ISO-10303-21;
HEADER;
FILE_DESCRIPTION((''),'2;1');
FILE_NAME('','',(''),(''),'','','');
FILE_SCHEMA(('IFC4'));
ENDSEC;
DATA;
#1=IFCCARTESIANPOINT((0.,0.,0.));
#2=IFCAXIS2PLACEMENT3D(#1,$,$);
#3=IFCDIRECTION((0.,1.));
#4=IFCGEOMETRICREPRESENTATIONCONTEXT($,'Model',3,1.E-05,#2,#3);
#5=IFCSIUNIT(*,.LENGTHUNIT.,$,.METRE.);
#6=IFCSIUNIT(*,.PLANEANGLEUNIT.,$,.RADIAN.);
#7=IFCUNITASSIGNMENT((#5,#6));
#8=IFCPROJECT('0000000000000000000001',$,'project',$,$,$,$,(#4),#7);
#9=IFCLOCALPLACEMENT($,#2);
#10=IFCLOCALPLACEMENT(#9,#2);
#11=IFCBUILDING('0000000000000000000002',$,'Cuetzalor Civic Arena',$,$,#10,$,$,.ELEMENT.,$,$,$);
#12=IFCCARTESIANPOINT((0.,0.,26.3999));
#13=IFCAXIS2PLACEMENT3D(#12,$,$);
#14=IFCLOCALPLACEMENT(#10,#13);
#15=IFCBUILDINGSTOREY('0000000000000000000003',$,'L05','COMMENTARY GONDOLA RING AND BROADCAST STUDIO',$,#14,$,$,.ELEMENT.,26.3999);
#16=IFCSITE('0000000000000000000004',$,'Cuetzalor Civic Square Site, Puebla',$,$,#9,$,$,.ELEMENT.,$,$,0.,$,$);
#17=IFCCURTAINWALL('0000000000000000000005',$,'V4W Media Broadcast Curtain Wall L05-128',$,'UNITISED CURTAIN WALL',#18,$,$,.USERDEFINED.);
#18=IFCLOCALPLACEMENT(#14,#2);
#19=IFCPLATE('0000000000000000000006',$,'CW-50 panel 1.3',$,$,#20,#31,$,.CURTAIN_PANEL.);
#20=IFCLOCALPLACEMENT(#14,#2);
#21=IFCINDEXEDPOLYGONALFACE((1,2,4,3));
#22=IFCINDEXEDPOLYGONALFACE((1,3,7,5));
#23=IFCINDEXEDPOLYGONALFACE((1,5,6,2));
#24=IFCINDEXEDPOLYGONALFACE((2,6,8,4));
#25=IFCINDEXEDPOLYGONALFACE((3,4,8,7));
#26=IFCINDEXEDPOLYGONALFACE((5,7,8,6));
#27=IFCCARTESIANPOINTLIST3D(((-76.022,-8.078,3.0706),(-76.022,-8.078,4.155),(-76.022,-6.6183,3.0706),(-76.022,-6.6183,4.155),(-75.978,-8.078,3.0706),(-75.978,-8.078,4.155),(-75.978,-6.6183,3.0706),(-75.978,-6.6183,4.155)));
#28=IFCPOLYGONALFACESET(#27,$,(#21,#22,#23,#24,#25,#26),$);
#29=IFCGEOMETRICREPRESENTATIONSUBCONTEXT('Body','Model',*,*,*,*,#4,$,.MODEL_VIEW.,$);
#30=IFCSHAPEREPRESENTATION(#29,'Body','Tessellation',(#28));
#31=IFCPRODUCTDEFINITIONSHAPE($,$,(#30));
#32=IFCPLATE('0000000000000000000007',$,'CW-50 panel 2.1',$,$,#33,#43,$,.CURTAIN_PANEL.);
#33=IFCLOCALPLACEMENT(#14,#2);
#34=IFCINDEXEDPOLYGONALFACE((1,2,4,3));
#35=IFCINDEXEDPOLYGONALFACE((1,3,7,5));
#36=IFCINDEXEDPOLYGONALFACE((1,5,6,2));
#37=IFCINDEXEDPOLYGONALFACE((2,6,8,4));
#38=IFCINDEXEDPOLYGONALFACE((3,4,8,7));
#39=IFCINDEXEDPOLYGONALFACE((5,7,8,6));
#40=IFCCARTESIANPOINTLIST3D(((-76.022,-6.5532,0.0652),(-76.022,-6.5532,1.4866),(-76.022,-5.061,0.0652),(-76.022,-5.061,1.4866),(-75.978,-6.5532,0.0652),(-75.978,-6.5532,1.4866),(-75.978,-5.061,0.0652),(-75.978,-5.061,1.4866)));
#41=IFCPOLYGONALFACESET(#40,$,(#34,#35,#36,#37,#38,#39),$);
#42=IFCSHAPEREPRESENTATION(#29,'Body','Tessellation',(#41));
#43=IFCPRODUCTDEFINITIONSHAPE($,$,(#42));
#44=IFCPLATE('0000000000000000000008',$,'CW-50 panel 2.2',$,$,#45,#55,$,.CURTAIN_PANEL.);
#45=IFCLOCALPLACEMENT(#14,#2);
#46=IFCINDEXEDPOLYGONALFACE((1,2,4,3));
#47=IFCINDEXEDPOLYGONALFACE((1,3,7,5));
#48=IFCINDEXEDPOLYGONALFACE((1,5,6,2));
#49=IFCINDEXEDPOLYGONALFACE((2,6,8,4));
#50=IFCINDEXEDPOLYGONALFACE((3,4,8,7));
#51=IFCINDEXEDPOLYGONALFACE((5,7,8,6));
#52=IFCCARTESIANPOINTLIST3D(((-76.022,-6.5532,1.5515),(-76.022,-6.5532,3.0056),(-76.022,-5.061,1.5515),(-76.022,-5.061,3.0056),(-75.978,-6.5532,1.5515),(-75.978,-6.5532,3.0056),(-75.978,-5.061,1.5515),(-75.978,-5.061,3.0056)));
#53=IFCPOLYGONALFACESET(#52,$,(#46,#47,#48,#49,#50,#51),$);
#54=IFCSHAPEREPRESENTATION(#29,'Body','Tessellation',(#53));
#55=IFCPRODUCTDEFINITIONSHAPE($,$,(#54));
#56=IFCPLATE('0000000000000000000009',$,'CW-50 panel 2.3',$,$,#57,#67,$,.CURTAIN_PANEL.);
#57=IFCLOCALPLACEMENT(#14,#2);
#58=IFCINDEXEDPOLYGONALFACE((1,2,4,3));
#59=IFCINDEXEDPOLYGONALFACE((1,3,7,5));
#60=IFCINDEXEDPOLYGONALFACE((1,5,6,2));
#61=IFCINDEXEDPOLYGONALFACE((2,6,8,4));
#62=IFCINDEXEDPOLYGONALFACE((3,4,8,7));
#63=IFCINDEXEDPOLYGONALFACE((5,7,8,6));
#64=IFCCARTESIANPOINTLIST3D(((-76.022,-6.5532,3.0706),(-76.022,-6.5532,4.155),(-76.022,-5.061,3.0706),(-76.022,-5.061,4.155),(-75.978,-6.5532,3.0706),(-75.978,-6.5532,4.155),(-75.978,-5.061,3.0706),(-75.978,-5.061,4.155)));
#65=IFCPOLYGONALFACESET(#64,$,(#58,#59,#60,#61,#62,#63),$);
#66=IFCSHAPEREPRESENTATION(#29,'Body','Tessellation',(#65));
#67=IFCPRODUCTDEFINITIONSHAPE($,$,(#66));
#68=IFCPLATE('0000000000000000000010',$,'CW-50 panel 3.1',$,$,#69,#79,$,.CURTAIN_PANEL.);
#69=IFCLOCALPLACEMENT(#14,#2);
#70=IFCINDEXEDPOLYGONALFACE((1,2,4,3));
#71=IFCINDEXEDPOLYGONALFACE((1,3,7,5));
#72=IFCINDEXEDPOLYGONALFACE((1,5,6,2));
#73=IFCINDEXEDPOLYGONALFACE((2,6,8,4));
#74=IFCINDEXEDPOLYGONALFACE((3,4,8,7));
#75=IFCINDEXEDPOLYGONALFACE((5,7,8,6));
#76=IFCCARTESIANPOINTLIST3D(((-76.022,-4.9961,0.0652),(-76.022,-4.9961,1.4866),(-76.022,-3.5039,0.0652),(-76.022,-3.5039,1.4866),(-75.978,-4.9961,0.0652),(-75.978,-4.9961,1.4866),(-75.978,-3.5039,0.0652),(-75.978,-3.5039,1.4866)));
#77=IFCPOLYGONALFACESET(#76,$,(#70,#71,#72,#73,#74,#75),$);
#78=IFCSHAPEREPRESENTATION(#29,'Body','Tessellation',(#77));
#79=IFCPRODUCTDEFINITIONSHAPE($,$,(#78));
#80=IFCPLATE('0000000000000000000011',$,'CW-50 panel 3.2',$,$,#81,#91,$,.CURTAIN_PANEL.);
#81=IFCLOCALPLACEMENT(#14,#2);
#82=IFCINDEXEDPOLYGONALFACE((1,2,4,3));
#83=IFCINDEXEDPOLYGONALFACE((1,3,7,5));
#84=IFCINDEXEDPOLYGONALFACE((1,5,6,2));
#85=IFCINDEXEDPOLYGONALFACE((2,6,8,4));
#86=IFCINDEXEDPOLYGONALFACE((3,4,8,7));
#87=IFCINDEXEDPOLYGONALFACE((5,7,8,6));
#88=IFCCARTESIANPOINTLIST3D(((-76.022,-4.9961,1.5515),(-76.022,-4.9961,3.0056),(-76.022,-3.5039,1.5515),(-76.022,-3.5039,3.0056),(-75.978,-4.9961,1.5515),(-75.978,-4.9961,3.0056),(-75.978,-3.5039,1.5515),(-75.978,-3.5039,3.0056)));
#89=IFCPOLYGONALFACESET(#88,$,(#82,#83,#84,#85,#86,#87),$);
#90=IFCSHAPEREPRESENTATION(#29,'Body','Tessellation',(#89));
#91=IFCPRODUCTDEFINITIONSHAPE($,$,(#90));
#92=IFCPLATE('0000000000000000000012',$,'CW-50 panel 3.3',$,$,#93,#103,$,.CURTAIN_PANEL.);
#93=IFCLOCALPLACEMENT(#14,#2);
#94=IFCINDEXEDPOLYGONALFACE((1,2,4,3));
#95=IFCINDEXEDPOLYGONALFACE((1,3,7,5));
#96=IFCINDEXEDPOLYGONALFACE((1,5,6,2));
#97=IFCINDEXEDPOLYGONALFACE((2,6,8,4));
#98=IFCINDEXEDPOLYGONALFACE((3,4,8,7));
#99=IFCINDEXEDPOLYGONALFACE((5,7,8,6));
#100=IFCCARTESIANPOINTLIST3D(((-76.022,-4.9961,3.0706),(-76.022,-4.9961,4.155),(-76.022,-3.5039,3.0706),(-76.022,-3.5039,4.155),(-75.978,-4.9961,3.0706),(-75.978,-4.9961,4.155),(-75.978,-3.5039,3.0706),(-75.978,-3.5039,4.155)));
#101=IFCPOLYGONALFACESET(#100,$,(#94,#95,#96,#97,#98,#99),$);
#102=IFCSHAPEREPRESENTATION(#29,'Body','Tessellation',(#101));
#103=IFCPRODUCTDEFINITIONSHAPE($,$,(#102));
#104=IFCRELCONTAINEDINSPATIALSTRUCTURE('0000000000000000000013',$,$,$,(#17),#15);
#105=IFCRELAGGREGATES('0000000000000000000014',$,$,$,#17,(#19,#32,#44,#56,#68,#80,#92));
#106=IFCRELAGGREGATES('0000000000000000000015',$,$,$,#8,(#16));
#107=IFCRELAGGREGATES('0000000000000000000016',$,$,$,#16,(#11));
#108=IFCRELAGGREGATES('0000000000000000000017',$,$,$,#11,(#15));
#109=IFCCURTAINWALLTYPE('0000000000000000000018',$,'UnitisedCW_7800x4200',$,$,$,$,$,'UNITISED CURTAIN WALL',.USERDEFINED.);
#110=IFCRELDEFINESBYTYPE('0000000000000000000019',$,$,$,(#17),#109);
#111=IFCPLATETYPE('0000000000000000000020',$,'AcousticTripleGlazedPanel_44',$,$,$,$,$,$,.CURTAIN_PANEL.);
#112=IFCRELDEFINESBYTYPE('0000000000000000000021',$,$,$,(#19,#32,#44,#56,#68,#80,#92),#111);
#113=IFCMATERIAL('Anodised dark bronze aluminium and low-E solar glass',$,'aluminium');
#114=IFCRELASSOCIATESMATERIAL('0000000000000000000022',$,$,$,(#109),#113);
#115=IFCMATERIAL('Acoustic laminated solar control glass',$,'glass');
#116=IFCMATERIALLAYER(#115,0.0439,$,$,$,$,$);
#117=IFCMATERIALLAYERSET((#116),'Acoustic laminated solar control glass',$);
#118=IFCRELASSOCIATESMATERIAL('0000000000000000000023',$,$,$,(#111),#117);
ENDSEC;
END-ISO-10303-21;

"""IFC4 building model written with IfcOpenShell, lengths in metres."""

from ifc_helpers import new_model, si_unit, direction, frame, origin, origin_2d, place, context, subcontext, project, spatial, rectangle, extrude, material, layer, layer_set, type_object, element, aggregate, save


model = new_model("IFC4")

# Units and contexts
model_context = context("Model", 3, precision=1e-05, world=origin(), true_north=direction((0.0, 1.0)))
body_context = subcontext(model_context, "Body", "Model", "MODEL_VIEW")
ifc_project = project(units=[si_unit("LENGTHUNIT", "METRE"), si_unit("PLANEANGLEUNIT", "RADIAN")], contexts=[model_context])

# Site, building, storey
site_placement = place(None, origin())
site = spatial("IfcSite", under=ifc_project, at=site_placement, Name="Cuetzalor Civic Square Site, Puebla", CompositionType="ELEMENT", RefElevation=0.0)
building_placement = place(site_placement, origin())
building = spatial("IfcBuilding", under=site, at=building_placement, Name="Cuetzalor Civic Arena", CompositionType="ELEMENT")
storey_placement = place(building_placement, frame((0.0, 0.0, 26.3999)))
storey = spatial("IfcBuildingStorey", under=building, at=storey_placement, Name="L05", Description="COMMENTARY GONDOLA RING AND BROADCAST STUDIO", CompositionType="ELEMENT", Elevation=26.3999)

# Curtain wall, plates
ifc_material_1 = material(Name="Anodised dark bronze aluminium and low-E solar glass", Category="aluminium")
curtain_wall_type = type_object("IfcCurtainWallType", Name="UnitisedCW_7800x4200", ElementType="UNITISED CURTAIN WALL", PredefinedType="USERDEFINED", material=ifc_material_1)
curtain_wall_placement = place(storey_placement, origin())
curtain_wall = element("IfcCurtainWall", 1, at=curtain_wall_placement, inside=storey, type_object=curtain_wall_type, Name="V4W Media Broadcast Curtain Wall L05-128", ObjectType="UNITISED CURTAIN WALL", PredefinedType="USERDEFINED")
ifc_material_2 = material(Name="Acoustic laminated solar control glass", Category="glass")
ifc_layer = layer(ifc_material_2, 0.0439)
ifc_layer_set = layer_set([ifc_layer], Name="Acoustic laminated solar control glass")
plate_type = type_object("IfcPlateType", Name="AcousticTripleGlazedPanel_44", PredefinedType="CURTAIN_PANEL", material=ifc_layer_set)
plate_1_placement = place(storey_placement, frame((-76.0, -7.3481, 3.0706), z_axis=(0.0, 0.0, 1.0), x_axis=(0.0, 1.0, 0.0)))
plate_1 = element("IfcPlate", 2, at=plate_1_placement, type_object=plate_type, Name="CW-50 panel 1.3", PredefinedType="CURTAIN_PANEL", context=body_context, shape_type="SweptSolid", body=[
    extrude(rectangle(XDim=1.4597, YDim=0.0439, at=origin_2d()), origin(), (0.0, 0.0, 1.0), 1.0845),
])
plate_2_placement = place(storey_placement, frame((-76.0, -5.8071, 0.0652), z_axis=(0.0, 0.0, 1.0), x_axis=(0.0, 1.0, 0.0)))
plate_2 = element("IfcPlate", 3, at=plate_2_placement, type_object=plate_type, Name="CW-50 panel 2.1", PredefinedType="CURTAIN_PANEL", context=body_context, shape_type="SweptSolid", body=[
    extrude(rectangle(XDim=1.4922, YDim=0.0439, at=origin_2d()), origin(), (0.0, 0.0, 1.0), 1.4214),
])
plate_3_placement = place(storey_placement, frame((-76.0, -5.8071, 1.5515), z_axis=(0.0, 0.0, 1.0), x_axis=(0.0, 1.0, 0.0)))
plate_3 = element("IfcPlate", 4, at=plate_3_placement, type_object=plate_type, Name="CW-50 panel 2.2", PredefinedType="CURTAIN_PANEL", context=body_context, shape_type="SweptSolid", body=[
    extrude(rectangle(XDim=1.4922, YDim=0.0439, at=origin_2d()), origin(), (0.0, 0.0, 1.0), 1.4541),
])
plate_4_placement = place(storey_placement, frame((-76.0, -5.8071, 3.0706), z_axis=(0.0, 0.0, 1.0), x_axis=(0.0, 1.0, 0.0)))
plate_4 = element("IfcPlate", 5, at=plate_4_placement, type_object=plate_type, Name="CW-50 panel 2.3", PredefinedType="CURTAIN_PANEL", context=body_context, shape_type="SweptSolid", body=[
    extrude(rectangle(XDim=1.4922, YDim=0.0439, at=origin_2d()), origin(), (0.0, 0.0, 1.0), 1.0845),
])
plate_5_placement = place(storey_placement, frame((-76.0, -4.25, 0.0652), z_axis=(0.0, 0.0, 1.0), x_axis=(0.0, 1.0, 0.0)))
plate_5 = element("IfcPlate", 6, at=plate_5_placement, type_object=plate_type, Name="CW-50 panel 3.1", PredefinedType="CURTAIN_PANEL", context=body_context, shape_type="SweptSolid", body=[
    extrude(rectangle(XDim=1.4922, YDim=0.0439, at=origin_2d()), origin(), (0.0, 0.0, 1.0), 1.4214),
])
plate_6_placement = place(storey_placement, frame((-76.0, -4.25, 1.5515), z_axis=(0.0, 0.0, 1.0), x_axis=(0.0, 1.0, 0.0)))
plate_6 = element("IfcPlate", 7, at=plate_6_placement, type_object=plate_type, Name="CW-50 panel 3.2", PredefinedType="CURTAIN_PANEL", context=body_context, shape_type="SweptSolid", body=[
    extrude(rectangle(XDim=1.4922, YDim=0.0439, at=origin_2d()), origin(), (0.0, 0.0, 1.0), 1.4541),
])
plate_7_placement = place(storey_placement, frame((-76.0, -4.25, 3.0706), z_axis=(0.0, 0.0, 1.0), x_axis=(0.0, 1.0, 0.0)))
plate_7 = element("IfcPlate", 8, at=plate_7_placement, type_object=plate_type, Name="CW-50 panel 3.3", PredefinedType="CURTAIN_PANEL", context=body_context, shape_type="SweptSolid", body=[
    extrude(rectangle(XDim=1.4922, YDim=0.0439, at=origin_2d()), origin(), (0.0, 0.0, 1.0), 1.0845),
])
aggregate(curtain_wall, [plate_1, plate_2, plate_3, plate_4, plate_5, plate_6, plate_7])

save(model, "model.ifc")
